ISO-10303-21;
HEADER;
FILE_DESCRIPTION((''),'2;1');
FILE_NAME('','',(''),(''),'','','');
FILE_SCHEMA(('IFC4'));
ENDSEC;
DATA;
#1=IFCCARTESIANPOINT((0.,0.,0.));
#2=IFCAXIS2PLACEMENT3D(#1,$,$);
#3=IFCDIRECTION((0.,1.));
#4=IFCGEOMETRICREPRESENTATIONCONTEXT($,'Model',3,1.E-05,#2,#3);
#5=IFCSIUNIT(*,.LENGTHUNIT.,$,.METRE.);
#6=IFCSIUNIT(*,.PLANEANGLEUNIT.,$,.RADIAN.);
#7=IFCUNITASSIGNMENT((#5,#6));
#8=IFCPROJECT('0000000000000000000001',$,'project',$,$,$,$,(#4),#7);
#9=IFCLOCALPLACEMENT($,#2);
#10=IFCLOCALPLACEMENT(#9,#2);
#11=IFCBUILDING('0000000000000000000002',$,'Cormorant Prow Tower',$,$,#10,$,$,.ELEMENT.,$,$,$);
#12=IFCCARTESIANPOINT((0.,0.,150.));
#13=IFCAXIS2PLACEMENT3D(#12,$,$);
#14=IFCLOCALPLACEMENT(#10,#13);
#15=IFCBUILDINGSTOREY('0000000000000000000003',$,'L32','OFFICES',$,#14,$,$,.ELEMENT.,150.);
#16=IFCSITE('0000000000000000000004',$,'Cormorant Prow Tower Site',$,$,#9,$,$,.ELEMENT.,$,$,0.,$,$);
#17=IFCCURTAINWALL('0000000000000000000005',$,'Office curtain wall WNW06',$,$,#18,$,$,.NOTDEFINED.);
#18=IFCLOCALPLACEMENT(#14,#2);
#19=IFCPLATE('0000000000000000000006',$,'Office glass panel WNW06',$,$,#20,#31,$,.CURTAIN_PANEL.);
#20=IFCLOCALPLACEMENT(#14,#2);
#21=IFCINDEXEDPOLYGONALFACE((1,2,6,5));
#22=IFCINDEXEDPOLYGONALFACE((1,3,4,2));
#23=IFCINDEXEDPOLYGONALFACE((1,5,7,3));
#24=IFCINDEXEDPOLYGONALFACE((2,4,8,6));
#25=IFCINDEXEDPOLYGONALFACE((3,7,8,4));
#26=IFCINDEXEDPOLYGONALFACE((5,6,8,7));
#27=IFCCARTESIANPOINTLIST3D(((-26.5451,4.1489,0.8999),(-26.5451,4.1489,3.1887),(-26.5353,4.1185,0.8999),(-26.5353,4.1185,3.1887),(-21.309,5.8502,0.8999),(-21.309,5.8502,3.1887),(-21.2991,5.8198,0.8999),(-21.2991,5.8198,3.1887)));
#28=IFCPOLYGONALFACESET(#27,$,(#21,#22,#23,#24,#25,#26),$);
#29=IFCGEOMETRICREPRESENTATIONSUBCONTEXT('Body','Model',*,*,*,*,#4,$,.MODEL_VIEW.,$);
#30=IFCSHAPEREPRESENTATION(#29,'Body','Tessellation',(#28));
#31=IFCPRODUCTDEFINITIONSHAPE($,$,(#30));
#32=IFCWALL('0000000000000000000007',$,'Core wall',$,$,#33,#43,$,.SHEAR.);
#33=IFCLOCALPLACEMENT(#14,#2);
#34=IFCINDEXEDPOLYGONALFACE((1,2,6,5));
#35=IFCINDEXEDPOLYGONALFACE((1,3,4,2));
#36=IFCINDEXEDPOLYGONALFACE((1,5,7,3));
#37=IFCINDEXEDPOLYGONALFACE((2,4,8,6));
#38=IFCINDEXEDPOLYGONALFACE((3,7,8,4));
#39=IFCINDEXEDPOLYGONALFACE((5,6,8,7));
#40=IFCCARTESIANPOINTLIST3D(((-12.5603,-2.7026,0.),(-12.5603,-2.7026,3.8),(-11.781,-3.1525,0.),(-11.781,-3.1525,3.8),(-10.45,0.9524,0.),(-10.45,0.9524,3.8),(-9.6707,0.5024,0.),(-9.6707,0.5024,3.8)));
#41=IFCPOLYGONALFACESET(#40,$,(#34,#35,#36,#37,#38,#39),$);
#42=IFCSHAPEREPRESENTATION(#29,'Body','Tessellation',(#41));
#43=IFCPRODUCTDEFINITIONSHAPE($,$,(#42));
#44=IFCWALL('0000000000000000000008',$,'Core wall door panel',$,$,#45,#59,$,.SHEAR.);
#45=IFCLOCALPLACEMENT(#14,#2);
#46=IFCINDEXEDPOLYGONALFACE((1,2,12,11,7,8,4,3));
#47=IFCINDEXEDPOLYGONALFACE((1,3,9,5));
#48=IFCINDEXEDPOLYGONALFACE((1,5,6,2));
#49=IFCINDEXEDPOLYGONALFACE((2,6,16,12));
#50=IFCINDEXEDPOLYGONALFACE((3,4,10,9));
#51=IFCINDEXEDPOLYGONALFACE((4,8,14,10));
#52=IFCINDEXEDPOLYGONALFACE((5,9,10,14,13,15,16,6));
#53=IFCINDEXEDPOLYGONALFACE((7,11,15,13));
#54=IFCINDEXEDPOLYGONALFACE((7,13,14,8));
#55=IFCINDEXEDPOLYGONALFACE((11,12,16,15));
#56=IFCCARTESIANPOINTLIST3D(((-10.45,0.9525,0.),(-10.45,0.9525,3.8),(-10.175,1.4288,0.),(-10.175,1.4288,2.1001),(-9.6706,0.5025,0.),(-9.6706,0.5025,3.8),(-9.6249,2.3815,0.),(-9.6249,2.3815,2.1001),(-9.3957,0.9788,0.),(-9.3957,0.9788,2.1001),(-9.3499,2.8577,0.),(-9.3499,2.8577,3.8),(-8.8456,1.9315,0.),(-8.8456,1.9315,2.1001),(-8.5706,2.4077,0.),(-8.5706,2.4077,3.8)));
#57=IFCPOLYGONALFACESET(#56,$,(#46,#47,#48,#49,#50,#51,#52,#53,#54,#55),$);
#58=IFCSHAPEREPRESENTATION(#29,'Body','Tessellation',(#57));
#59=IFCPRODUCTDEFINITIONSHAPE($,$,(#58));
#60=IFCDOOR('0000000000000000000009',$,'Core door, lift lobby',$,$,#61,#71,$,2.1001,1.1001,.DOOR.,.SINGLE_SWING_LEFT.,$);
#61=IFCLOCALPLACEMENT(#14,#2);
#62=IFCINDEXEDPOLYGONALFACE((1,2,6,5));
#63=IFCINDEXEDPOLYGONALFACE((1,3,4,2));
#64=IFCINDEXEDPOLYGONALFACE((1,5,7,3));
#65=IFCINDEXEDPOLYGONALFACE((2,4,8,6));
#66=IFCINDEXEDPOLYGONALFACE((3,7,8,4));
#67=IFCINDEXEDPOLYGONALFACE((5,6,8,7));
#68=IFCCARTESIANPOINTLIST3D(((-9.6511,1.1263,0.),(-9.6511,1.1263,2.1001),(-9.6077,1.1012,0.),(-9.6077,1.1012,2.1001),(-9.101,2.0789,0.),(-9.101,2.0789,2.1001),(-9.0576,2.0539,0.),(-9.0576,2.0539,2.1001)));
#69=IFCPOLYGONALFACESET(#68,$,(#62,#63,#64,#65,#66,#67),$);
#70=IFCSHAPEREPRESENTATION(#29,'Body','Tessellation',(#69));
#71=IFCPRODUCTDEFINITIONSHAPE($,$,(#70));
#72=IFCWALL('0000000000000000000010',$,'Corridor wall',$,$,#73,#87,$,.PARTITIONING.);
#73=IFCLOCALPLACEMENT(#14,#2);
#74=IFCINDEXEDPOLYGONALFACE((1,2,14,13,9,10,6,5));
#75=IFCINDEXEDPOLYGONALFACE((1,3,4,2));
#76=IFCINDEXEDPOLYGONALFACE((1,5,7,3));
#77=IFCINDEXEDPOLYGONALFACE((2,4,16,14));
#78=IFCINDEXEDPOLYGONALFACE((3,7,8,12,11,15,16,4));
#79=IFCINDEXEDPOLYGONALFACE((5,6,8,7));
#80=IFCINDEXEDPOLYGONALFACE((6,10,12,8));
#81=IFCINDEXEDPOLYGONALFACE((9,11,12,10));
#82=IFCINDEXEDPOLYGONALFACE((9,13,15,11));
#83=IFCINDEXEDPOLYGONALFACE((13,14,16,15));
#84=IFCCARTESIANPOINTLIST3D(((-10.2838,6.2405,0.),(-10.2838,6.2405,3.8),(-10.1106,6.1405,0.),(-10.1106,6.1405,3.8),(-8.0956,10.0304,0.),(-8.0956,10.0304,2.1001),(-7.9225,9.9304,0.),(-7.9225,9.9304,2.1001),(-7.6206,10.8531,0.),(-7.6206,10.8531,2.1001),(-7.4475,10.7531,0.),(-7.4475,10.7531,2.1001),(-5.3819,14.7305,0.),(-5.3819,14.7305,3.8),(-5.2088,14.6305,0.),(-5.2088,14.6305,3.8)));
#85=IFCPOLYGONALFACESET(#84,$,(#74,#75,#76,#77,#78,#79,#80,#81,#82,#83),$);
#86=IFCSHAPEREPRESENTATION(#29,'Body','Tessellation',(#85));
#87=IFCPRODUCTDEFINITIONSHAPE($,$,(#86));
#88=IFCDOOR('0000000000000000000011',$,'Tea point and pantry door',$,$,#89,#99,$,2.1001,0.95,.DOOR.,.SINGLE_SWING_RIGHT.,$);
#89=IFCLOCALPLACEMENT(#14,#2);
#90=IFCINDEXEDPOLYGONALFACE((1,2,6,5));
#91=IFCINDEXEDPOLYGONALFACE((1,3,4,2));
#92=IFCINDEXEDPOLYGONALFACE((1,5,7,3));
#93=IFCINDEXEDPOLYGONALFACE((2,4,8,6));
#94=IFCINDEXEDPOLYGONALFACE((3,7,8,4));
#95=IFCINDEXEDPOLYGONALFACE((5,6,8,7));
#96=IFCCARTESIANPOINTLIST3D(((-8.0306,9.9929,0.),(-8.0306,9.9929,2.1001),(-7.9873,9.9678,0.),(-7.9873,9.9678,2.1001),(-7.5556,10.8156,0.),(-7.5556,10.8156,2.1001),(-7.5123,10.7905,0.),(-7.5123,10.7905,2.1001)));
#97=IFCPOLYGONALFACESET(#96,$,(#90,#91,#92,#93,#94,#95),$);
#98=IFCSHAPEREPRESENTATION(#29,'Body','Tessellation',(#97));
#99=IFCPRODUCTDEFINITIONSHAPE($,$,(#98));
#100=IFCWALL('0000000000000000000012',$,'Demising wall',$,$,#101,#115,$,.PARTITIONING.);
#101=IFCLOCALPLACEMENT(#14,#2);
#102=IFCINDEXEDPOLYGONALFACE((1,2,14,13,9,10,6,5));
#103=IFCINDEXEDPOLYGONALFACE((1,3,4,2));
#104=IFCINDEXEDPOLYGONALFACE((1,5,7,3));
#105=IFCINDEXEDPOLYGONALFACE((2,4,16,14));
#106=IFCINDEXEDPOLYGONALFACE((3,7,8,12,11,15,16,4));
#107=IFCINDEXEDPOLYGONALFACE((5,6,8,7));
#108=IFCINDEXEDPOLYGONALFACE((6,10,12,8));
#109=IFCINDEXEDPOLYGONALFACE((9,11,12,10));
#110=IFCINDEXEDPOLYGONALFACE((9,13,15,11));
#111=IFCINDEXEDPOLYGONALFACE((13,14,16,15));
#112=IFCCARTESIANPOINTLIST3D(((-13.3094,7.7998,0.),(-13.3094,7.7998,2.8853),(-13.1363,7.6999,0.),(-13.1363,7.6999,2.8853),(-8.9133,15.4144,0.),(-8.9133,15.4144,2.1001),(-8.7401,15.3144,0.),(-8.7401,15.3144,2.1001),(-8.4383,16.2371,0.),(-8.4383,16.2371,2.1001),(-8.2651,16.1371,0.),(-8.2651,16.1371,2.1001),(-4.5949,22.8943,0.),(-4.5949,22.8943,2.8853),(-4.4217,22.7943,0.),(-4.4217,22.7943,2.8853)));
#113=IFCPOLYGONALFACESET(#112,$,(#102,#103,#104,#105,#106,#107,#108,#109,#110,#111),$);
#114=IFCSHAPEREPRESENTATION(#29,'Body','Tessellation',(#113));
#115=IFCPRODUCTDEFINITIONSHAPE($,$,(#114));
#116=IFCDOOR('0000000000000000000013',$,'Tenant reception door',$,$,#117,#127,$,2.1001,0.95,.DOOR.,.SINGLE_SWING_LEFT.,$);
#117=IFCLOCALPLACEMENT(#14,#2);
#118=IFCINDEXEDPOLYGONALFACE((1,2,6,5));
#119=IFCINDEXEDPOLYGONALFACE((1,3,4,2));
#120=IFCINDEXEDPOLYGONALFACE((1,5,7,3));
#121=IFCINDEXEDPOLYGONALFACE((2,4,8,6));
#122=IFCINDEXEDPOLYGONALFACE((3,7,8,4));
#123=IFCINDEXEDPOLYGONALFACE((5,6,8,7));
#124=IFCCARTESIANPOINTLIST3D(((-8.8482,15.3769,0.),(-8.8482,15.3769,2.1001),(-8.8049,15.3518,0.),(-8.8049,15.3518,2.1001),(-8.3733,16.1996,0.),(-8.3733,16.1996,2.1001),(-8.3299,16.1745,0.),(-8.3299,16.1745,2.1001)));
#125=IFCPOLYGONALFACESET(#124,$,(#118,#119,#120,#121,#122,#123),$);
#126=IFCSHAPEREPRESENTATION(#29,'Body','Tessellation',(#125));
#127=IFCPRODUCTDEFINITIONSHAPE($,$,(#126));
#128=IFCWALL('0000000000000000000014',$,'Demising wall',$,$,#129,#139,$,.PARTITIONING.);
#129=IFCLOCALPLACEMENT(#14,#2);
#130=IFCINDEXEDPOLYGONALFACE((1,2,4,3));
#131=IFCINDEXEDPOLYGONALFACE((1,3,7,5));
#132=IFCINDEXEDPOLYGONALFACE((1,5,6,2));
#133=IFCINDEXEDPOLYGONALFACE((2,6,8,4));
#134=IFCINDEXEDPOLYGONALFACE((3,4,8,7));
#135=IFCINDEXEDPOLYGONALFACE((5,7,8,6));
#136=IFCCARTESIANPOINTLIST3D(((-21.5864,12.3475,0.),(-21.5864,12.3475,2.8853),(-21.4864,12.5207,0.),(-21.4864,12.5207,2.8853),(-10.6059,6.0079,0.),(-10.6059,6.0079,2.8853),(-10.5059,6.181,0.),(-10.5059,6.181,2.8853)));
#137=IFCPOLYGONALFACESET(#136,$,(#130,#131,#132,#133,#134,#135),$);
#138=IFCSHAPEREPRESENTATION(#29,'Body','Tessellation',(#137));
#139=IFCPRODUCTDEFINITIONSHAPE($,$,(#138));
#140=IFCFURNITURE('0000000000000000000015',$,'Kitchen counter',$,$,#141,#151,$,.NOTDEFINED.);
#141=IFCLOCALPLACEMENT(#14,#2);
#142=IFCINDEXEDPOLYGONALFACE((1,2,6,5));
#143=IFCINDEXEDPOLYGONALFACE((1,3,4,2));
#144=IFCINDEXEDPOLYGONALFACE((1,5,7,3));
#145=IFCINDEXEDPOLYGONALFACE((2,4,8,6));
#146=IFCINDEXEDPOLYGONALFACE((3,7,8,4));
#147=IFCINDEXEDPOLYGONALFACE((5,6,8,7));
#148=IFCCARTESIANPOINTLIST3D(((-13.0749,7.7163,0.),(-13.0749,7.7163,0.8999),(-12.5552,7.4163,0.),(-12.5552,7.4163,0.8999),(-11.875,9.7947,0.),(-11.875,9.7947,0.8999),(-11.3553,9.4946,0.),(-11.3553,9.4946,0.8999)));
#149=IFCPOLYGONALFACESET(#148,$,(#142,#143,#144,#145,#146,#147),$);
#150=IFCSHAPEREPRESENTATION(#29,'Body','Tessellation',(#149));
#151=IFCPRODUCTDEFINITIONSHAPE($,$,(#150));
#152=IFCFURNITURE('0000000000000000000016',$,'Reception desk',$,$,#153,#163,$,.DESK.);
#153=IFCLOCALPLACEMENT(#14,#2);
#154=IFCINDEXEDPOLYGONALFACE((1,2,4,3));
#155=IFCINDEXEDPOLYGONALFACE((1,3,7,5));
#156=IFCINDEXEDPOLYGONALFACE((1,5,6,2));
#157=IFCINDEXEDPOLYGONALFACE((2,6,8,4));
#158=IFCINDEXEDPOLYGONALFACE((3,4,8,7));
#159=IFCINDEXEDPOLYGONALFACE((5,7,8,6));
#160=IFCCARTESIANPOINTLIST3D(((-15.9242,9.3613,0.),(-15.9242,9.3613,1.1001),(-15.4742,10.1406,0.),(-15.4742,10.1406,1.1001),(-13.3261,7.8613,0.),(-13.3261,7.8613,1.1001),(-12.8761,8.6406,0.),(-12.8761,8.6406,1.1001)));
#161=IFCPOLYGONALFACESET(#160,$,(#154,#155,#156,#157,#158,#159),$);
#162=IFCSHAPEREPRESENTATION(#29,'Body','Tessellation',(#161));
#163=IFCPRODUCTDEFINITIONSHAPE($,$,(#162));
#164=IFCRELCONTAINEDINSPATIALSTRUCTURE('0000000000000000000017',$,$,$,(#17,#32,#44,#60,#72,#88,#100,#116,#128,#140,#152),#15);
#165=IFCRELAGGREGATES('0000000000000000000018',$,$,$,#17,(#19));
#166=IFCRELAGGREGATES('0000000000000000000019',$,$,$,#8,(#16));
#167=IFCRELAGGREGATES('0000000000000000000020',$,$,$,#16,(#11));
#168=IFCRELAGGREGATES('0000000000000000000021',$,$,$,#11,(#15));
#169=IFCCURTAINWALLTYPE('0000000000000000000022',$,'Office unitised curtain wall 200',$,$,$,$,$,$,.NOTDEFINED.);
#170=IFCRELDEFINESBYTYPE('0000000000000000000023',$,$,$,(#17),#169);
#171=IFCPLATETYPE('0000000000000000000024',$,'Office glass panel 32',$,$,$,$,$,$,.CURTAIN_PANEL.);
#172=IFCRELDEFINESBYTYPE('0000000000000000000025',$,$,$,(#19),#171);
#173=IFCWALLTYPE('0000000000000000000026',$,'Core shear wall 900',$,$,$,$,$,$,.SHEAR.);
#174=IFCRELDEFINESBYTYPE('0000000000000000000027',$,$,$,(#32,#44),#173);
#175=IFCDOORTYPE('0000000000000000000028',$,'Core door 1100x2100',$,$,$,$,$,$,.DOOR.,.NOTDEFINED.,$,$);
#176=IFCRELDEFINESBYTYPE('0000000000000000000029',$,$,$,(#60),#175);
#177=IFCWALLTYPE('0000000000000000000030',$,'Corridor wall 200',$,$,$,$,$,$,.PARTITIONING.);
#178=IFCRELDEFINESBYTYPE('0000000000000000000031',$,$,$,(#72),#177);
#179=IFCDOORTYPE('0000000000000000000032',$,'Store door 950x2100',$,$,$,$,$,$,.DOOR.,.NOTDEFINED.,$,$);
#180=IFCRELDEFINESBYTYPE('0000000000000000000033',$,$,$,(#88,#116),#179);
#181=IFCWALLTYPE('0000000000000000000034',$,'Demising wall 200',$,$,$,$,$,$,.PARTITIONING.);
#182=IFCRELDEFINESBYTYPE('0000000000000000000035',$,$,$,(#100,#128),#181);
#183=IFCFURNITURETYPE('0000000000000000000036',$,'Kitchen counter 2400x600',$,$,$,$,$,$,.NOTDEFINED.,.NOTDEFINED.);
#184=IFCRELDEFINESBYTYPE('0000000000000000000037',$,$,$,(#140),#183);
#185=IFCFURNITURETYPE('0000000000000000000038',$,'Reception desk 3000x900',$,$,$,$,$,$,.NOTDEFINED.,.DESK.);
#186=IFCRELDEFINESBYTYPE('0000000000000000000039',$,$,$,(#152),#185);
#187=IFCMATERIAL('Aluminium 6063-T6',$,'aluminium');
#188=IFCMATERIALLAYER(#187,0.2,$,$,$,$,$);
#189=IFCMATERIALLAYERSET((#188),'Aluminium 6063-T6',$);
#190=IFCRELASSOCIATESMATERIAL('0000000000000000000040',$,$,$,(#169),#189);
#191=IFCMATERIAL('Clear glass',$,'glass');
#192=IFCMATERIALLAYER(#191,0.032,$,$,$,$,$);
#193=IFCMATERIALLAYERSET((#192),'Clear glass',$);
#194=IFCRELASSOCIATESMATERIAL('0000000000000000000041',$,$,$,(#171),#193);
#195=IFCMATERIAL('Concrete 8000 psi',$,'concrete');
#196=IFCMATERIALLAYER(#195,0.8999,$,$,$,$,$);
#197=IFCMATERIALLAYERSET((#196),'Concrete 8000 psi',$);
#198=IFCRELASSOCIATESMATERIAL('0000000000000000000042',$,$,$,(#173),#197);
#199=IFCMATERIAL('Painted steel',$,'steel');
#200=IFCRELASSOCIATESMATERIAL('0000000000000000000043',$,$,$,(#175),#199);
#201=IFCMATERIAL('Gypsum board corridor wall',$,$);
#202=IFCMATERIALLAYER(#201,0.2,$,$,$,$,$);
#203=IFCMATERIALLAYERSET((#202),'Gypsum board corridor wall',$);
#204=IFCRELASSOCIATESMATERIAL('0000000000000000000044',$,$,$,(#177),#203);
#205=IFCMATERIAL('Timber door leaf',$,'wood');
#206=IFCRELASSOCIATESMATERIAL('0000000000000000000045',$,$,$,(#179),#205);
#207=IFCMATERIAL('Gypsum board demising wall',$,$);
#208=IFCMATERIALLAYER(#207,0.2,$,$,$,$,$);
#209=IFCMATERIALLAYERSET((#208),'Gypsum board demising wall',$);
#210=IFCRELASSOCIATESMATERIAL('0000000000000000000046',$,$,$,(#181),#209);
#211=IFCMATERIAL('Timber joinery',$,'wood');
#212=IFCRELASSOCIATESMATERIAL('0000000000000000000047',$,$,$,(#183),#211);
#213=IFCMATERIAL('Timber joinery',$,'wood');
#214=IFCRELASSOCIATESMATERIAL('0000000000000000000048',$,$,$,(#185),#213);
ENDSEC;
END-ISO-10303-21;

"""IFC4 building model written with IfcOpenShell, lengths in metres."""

from ifc_helpers import new_model, si_unit, direction, frame, frame_2d, origin, origin_2d, place, context, subcontext, project, spatial, rectangle, extrude, material, layer, layer_set, type_object, element, fill, aggregate, save


model = new_model("IFC4")

# Units and contexts
model_context = context("Model", 3, precision=1e-05, world=origin(), true_north=direction((0.0, 1.0)))
body_context = subcontext(model_context, "Body", "Model", "MODEL_VIEW")
ifc_project = project(units=[si_unit("LENGTHUNIT", "METRE"), si_unit("PLANEANGLEUNIT", "RADIAN")], contexts=[model_context])

# Site, building, storey
site_placement = place(None, origin())
site = spatial("IfcSite", under=ifc_project, at=site_placement, Name="Cormorant Prow Tower Site", CompositionType="ELEMENT", RefElevation=0.0)
building_placement = place(site_placement, origin())
building = spatial("IfcBuilding", under=site, at=building_placement, Name="Cormorant Prow Tower", CompositionType="ELEMENT")
storey_placement = place(building_placement, frame((0.0, 0.0, 150.0)))
storey = spatial("IfcBuildingStorey", under=building, at=storey_placement, Name="L32", Description="OFFICES", CompositionType="ELEMENT", Elevation=150.0)

# Curtain wall
ifc_material_1 = material(Name="Aluminium 6063-T6", Category="aluminium")
ifc_layer_1 = layer(ifc_material_1, 0.2)
ifc_layer_set_1 = layer_set([ifc_layer_1], Name="Aluminium 6063-T6")
curtain_wall_type = type_object("IfcCurtainWallType", Name="Office unitised curtain wall 200", PredefinedType="NOTDEFINED", material=ifc_layer_set_1)
curtain_wall_placement = place(storey_placement, origin())
curtain_wall = element("IfcCurtainWall", 1, at=curtain_wall_placement, inside=storey, type_object=curtain_wall_type, Name="Office curtain wall WNW06", PredefinedType="NOTDEFINED")

# Plate
ifc_material_2 = material(Name="Clear glass", Category="glass")
ifc_layer_2 = layer(ifc_material_2, 0.032)
ifc_layer_set_2 = layer_set([ifc_layer_2], Name="Clear glass")
plate_type = type_object("IfcPlateType", Name="Office glass panel 32", PredefinedType="CURTAIN_PANEL", material=ifc_layer_set_2)
plate_placement = place(storey_placement, frame((-23.9221, 4.9844, 0.8999), z_axis=(0.0, 0.0, 1.0), x_axis=(-0.951057, -0.309017, 0.0)))
plate = element("IfcPlate", 2, at=plate_placement, type_object=plate_type, Name="Office glass panel WNW06", PredefinedType="CURTAIN_PANEL", context=body_context, shape_type="SweptSolid", body=[
    extrude(rectangle(XDim=5.5056, YDim=0.032, at=origin_2d()), origin(), (0.0, 0.0, 1.0), 2.2888),
])
aggregate(curtain_wall, [plate])

# Wall
ifc_material_3 = material(Name="Concrete 8000 psi", Category="concrete")
ifc_layer_3 = layer(ifc_material_3, 0.8999)
ifc_layer_set_3 = layer_set([ifc_layer_3], Name="Concrete 8000 psi")
wall_type_1 = type_object("IfcWallType", Name="Core shear wall 900", PredefinedType="SHEAR", material=ifc_layer_set_3)
wall_1_placement = place(storey_placement, frame((-10.0603, 0.7275, 0.0), z_axis=(0.0, 0.0, 1.0), x_axis=(-0.500021, -0.866013, 0.0)))
element("IfcWall", 3, at=wall_1_placement, inside=storey, type_object=wall_type_1, Name="Core wall", PredefinedType="SHEAR", context=body_context, shape_type="SweptSolid", body=[
    extrude(rectangle(XDim=4.2205, YDim=0.8999, at=frame_2d((2.1104, 0.0))), origin(), (0.0, 0.0, 1.0), 3.8),
])

# Walls, openings, doors
wall_2_placement = place(storey_placement, frame((-8.9602, 2.6328, 0.0), z_axis=(0.0, 0.0, 1.0), x_axis=(-0.50003, -0.866008, 0.0)))
wall_2 = element("IfcWall", 4, at=wall_2_placement, inside=storey, type_object=wall_type_1, Name="Core wall door panel", PredefinedType="SHEAR", context=body_context, shape_type="SweptSolid", body=[
    extrude(rectangle(XDim=2.2, YDim=0.8999, at=frame_2d((1.1001, 0.0))), origin(), (0.0, 0.0, 1.0), 3.8),
])
opening_1_placement = place(wall_2_placement, frame((0.55, 0.0, 0.0)))
opening_1 = element("IfcOpeningElement", 5, at=opening_1_placement, cuts=wall_2, PredefinedType="OPENING", context=body_context, shape_type="SweptSolid", body=[
    extrude(rectangle(XDim=1.1001, YDim=2.1001, at=frame_2d((0.55, 1.05))), frame((0.0, 0.46, 0.0), z_axis=(0.0, -1.0, 0.0), x_axis=(1.0, 0.0, 0.0)), (0.0, 0.0, 1.0), 0.9199),
])
ifc_material_4 = material(Name="Painted steel", Category="steel")
door_type_1 = type_object("IfcDoorType", Name="Core door 1100x2100", OperationType="NOTDEFINED", PredefinedType="DOOR", material=ifc_material_4)
door_1_placement = place(opening_1_placement, origin())
door_1 = element("IfcDoor", 6, at=door_1_placement, inside=storey, type_object=door_type_1, Name="Core door, lift lobby", OperationType="SINGLE_SWING_LEFT", OverallHeight=2.1001, OverallWidth=1.1001, PredefinedType="DOOR", context=body_context, shape_type="SweptSolid", body=[
    extrude(rectangle(XDim=1.1001, YDim=2.1001, at=frame_2d((0.55, 1.05))), frame((0.0, 0.2051, 0.0), z_axis=(0.0, -1.0, 0.0), x_axis=(1.0, 0.0, 0.0)), (0.0, 0.0, 1.0), 0.05),
])
fill(opening_1, door_1)
ifc_material_5 = material(Name="Gypsum board corridor wall")
ifc_layer_4 = layer(ifc_material_5, 0.2)
ifc_layer_set_4 = layer_set([ifc_layer_4], Name="Gypsum board corridor wall")
wall_type_2 = type_object("IfcWallType", Name="Corridor wall 200", PredefinedType="PARTITIONING", material=ifc_layer_set_4)
wall_3_placement = place(storey_placement, frame((-10.1973, 6.1904, 0.0), z_axis=(0.0, 0.0, 1.0), x_axis=(0.500012, 0.866018, 0.0)))
wall_3 = element("IfcWall", 7, at=wall_3_placement, inside=storey, type_object=wall_type_2, Name="Corridor wall", PredefinedType="PARTITIONING", context=body_context, shape_type="SweptSolid", body=[
    extrude(rectangle(XDim=9.8035, YDim=0.2, at=frame_2d((4.9019, 0.0))), origin(), (0.0, 0.0, 1.0), 3.8),
])
opening_2_placement = place(wall_3_placement, frame((4.3762, 0.0, 0.0)))
opening_2 = element("IfcOpeningElement", 8, at=opening_2_placement, cuts=wall_3, PredefinedType="OPENING", context=body_context, shape_type="SweptSolid", body=[
    extrude(rectangle(XDim=0.95, YDim=2.1001, at=frame_2d((0.4751, 1.05))), frame((0.0, 0.1099, 0.0), z_axis=(0.0, -1.0, 0.0), x_axis=(1.0, 0.0, 0.0)), (0.0, 0.0, 1.0), 0.22),
])
ifc_material_6 = material(Name="Timber door leaf", Category="wood")
door_type_2 = type_object("IfcDoorType", Name="Store door 950x2100", OperationType="NOTDEFINED", PredefinedType="DOOR", material=ifc_material_6)
door_2_placement = place(opening_2_placement, origin())
door_2 = element("IfcDoor", 9, at=door_2_placement, inside=storey, type_object=door_type_2, Name="Tea point and pantry door", OperationType="SINGLE_SWING_RIGHT", OverallHeight=2.1001, OverallWidth=0.95, PredefinedType="DOOR", context=body_context, shape_type="SweptSolid", body=[
    extrude(rectangle(XDim=0.95, YDim=2.1001, at=frame_2d((0.4751, 1.05))), frame((0.0, 0.0249, 0.0), z_axis=(0.0, -1.0, 0.0), x_axis=(1.0, 0.0, 0.0)), (0.0, 0.0, 1.0), 0.05),
])
fill(opening_2, door_2)
ifc_material_7 = material(Name="Gypsum board demising wall")
ifc_layer_5 = layer(ifc_material_7, 0.2)
ifc_layer_set_5 = layer_set([ifc_layer_5], Name="Gypsum board demising wall")
wall_type_3 = type_object("IfcWallType", Name="Demising wall 200", PredefinedType="PARTITIONING", material=ifc_layer_set_5)
wall_4_placement = place(storey_placement, frame((-13.2229, 7.7498, 0.0), z_axis=(0.0, 0.0, 1.0), x_axis=(0.499991, 0.86603, 0.0)))
wall_4 = element("IfcWall", 10, at=wall_4_placement, inside=storey, type_object=wall_type_3, Name="Demising wall", PredefinedType="PARTITIONING", context=body_context, shape_type="SweptSolid", body=[
    extrude(rectangle(XDim=17.4294, YDim=0.2, at=frame_2d((8.7148, 0.0))), origin(), (0.0, 0.0, 1.0), 2.8853),
])
opening_3_placement = place(wall_4_placement, frame((8.7925, 0.0, 0.0)))
opening_3 = element("IfcOpeningElement", 11, at=opening_3_placement, cuts=wall_4, PredefinedType="OPENING", context=body_context, shape_type="SweptSolid", body=[
    extrude(rectangle(XDim=0.95, YDim=2.1001, at=frame_2d((0.4751, 1.05))), frame((0.0, 0.1099, 0.0), z_axis=(0.0, -1.0, 0.0), x_axis=(1.0, 0.0, 0.0)), (0.0, 0.0, 1.0), 0.22),
])
door_3_placement = place(opening_3_placement, origin())
door_3 = element("IfcDoor", 12, at=door_3_placement, inside=storey, type_object=door_type_2, Name="Tenant reception door", OperationType="SINGLE_SWING_LEFT", OverallHeight=2.1001, OverallWidth=0.95, PredefinedType="DOOR", context=body_context, shape_type="SweptSolid", body=[
    extrude(rectangle(XDim=0.95, YDim=2.1001, at=frame_2d((0.4751, 1.05))), frame((0.0, 0.0249, 0.0), z_axis=(0.0, -1.0, 0.0), x_axis=(1.0, 0.0, 0.0)), (0.0, 0.0, 1.0), 0.05),
])
fill(opening_3, door_3)

# Wall
wall_5_placement = place(storey_placement, frame((-21.5364, 12.4341, 0.0), z_axis=(0.0, 0.0, 1.0), x_axis=(0.866025, -0.500001, 0.0)))
element("IfcWall", 13, at=wall_5_placement, inside=storey, type_object=wall_type_3, Name="Demising wall", PredefinedType="PARTITIONING", context=body_context, shape_type="SweptSolid", body=[
    extrude(rectangle(XDim=12.6792, YDim=0.2, at=frame_2d((6.3396, 0.0))), origin(), (0.0, 0.0, 1.0), 2.8853),
])

# Furniture
ifc_material_8 = material(Name="Timber joinery", Category="wood")
furniture_type_1 = type_object("IfcFurnitureType", Name="Kitchen counter 2400x600", AssemblyPlace="NOTDEFINED", PredefinedType="NOTDEFINED", material=ifc_material_8)
furniture_1_placement = place(storey_placement, frame((-12.2151, 8.6055, 0.0), z_axis=(0.0, 0.0, 1.0), x_axis=(0.5, 0.866025, 0.0)))
element("IfcFurniture", 14, at=furniture_1_placement, inside=storey, type_object=furniture_type_1, Name="Kitchen counter", PredefinedType="NOTDEFINED", context=body_context, shape_type="SweptSolid", body=[
    extrude(rectangle(XDim=2.3999, YDim=0.6001, at=origin_2d()), origin(), (0.0, 0.0, 1.0), 0.8999),
])
ifc_material_9 = material(Name="Timber joinery", Category="wood")
furniture_type_2 = type_object("IfcFurnitureType", Name="Reception desk 3000x900", AssemblyPlace="NOTDEFINED", PredefinedType="DESK", material=ifc_material_9)
furniture_2_placement = place(storey_placement, frame((-14.4001, 9.001, 0.0), z_axis=(0.0, 0.0, 1.0), x_axis=(-0.866025, 0.5, 0.0)))
element("IfcFurniture", 15, at=furniture_2_placement, inside=storey, type_object=furniture_type_2, Name="Reception desk", PredefinedType="DESK", context=body_context, shape_type="SweptSolid", body=[
    extrude(rectangle(XDim=3.0, YDim=0.8999, at=origin_2d()), origin(), (0.0, 0.0, 1.0), 1.1001),
])

save(model, "model.ifc")
